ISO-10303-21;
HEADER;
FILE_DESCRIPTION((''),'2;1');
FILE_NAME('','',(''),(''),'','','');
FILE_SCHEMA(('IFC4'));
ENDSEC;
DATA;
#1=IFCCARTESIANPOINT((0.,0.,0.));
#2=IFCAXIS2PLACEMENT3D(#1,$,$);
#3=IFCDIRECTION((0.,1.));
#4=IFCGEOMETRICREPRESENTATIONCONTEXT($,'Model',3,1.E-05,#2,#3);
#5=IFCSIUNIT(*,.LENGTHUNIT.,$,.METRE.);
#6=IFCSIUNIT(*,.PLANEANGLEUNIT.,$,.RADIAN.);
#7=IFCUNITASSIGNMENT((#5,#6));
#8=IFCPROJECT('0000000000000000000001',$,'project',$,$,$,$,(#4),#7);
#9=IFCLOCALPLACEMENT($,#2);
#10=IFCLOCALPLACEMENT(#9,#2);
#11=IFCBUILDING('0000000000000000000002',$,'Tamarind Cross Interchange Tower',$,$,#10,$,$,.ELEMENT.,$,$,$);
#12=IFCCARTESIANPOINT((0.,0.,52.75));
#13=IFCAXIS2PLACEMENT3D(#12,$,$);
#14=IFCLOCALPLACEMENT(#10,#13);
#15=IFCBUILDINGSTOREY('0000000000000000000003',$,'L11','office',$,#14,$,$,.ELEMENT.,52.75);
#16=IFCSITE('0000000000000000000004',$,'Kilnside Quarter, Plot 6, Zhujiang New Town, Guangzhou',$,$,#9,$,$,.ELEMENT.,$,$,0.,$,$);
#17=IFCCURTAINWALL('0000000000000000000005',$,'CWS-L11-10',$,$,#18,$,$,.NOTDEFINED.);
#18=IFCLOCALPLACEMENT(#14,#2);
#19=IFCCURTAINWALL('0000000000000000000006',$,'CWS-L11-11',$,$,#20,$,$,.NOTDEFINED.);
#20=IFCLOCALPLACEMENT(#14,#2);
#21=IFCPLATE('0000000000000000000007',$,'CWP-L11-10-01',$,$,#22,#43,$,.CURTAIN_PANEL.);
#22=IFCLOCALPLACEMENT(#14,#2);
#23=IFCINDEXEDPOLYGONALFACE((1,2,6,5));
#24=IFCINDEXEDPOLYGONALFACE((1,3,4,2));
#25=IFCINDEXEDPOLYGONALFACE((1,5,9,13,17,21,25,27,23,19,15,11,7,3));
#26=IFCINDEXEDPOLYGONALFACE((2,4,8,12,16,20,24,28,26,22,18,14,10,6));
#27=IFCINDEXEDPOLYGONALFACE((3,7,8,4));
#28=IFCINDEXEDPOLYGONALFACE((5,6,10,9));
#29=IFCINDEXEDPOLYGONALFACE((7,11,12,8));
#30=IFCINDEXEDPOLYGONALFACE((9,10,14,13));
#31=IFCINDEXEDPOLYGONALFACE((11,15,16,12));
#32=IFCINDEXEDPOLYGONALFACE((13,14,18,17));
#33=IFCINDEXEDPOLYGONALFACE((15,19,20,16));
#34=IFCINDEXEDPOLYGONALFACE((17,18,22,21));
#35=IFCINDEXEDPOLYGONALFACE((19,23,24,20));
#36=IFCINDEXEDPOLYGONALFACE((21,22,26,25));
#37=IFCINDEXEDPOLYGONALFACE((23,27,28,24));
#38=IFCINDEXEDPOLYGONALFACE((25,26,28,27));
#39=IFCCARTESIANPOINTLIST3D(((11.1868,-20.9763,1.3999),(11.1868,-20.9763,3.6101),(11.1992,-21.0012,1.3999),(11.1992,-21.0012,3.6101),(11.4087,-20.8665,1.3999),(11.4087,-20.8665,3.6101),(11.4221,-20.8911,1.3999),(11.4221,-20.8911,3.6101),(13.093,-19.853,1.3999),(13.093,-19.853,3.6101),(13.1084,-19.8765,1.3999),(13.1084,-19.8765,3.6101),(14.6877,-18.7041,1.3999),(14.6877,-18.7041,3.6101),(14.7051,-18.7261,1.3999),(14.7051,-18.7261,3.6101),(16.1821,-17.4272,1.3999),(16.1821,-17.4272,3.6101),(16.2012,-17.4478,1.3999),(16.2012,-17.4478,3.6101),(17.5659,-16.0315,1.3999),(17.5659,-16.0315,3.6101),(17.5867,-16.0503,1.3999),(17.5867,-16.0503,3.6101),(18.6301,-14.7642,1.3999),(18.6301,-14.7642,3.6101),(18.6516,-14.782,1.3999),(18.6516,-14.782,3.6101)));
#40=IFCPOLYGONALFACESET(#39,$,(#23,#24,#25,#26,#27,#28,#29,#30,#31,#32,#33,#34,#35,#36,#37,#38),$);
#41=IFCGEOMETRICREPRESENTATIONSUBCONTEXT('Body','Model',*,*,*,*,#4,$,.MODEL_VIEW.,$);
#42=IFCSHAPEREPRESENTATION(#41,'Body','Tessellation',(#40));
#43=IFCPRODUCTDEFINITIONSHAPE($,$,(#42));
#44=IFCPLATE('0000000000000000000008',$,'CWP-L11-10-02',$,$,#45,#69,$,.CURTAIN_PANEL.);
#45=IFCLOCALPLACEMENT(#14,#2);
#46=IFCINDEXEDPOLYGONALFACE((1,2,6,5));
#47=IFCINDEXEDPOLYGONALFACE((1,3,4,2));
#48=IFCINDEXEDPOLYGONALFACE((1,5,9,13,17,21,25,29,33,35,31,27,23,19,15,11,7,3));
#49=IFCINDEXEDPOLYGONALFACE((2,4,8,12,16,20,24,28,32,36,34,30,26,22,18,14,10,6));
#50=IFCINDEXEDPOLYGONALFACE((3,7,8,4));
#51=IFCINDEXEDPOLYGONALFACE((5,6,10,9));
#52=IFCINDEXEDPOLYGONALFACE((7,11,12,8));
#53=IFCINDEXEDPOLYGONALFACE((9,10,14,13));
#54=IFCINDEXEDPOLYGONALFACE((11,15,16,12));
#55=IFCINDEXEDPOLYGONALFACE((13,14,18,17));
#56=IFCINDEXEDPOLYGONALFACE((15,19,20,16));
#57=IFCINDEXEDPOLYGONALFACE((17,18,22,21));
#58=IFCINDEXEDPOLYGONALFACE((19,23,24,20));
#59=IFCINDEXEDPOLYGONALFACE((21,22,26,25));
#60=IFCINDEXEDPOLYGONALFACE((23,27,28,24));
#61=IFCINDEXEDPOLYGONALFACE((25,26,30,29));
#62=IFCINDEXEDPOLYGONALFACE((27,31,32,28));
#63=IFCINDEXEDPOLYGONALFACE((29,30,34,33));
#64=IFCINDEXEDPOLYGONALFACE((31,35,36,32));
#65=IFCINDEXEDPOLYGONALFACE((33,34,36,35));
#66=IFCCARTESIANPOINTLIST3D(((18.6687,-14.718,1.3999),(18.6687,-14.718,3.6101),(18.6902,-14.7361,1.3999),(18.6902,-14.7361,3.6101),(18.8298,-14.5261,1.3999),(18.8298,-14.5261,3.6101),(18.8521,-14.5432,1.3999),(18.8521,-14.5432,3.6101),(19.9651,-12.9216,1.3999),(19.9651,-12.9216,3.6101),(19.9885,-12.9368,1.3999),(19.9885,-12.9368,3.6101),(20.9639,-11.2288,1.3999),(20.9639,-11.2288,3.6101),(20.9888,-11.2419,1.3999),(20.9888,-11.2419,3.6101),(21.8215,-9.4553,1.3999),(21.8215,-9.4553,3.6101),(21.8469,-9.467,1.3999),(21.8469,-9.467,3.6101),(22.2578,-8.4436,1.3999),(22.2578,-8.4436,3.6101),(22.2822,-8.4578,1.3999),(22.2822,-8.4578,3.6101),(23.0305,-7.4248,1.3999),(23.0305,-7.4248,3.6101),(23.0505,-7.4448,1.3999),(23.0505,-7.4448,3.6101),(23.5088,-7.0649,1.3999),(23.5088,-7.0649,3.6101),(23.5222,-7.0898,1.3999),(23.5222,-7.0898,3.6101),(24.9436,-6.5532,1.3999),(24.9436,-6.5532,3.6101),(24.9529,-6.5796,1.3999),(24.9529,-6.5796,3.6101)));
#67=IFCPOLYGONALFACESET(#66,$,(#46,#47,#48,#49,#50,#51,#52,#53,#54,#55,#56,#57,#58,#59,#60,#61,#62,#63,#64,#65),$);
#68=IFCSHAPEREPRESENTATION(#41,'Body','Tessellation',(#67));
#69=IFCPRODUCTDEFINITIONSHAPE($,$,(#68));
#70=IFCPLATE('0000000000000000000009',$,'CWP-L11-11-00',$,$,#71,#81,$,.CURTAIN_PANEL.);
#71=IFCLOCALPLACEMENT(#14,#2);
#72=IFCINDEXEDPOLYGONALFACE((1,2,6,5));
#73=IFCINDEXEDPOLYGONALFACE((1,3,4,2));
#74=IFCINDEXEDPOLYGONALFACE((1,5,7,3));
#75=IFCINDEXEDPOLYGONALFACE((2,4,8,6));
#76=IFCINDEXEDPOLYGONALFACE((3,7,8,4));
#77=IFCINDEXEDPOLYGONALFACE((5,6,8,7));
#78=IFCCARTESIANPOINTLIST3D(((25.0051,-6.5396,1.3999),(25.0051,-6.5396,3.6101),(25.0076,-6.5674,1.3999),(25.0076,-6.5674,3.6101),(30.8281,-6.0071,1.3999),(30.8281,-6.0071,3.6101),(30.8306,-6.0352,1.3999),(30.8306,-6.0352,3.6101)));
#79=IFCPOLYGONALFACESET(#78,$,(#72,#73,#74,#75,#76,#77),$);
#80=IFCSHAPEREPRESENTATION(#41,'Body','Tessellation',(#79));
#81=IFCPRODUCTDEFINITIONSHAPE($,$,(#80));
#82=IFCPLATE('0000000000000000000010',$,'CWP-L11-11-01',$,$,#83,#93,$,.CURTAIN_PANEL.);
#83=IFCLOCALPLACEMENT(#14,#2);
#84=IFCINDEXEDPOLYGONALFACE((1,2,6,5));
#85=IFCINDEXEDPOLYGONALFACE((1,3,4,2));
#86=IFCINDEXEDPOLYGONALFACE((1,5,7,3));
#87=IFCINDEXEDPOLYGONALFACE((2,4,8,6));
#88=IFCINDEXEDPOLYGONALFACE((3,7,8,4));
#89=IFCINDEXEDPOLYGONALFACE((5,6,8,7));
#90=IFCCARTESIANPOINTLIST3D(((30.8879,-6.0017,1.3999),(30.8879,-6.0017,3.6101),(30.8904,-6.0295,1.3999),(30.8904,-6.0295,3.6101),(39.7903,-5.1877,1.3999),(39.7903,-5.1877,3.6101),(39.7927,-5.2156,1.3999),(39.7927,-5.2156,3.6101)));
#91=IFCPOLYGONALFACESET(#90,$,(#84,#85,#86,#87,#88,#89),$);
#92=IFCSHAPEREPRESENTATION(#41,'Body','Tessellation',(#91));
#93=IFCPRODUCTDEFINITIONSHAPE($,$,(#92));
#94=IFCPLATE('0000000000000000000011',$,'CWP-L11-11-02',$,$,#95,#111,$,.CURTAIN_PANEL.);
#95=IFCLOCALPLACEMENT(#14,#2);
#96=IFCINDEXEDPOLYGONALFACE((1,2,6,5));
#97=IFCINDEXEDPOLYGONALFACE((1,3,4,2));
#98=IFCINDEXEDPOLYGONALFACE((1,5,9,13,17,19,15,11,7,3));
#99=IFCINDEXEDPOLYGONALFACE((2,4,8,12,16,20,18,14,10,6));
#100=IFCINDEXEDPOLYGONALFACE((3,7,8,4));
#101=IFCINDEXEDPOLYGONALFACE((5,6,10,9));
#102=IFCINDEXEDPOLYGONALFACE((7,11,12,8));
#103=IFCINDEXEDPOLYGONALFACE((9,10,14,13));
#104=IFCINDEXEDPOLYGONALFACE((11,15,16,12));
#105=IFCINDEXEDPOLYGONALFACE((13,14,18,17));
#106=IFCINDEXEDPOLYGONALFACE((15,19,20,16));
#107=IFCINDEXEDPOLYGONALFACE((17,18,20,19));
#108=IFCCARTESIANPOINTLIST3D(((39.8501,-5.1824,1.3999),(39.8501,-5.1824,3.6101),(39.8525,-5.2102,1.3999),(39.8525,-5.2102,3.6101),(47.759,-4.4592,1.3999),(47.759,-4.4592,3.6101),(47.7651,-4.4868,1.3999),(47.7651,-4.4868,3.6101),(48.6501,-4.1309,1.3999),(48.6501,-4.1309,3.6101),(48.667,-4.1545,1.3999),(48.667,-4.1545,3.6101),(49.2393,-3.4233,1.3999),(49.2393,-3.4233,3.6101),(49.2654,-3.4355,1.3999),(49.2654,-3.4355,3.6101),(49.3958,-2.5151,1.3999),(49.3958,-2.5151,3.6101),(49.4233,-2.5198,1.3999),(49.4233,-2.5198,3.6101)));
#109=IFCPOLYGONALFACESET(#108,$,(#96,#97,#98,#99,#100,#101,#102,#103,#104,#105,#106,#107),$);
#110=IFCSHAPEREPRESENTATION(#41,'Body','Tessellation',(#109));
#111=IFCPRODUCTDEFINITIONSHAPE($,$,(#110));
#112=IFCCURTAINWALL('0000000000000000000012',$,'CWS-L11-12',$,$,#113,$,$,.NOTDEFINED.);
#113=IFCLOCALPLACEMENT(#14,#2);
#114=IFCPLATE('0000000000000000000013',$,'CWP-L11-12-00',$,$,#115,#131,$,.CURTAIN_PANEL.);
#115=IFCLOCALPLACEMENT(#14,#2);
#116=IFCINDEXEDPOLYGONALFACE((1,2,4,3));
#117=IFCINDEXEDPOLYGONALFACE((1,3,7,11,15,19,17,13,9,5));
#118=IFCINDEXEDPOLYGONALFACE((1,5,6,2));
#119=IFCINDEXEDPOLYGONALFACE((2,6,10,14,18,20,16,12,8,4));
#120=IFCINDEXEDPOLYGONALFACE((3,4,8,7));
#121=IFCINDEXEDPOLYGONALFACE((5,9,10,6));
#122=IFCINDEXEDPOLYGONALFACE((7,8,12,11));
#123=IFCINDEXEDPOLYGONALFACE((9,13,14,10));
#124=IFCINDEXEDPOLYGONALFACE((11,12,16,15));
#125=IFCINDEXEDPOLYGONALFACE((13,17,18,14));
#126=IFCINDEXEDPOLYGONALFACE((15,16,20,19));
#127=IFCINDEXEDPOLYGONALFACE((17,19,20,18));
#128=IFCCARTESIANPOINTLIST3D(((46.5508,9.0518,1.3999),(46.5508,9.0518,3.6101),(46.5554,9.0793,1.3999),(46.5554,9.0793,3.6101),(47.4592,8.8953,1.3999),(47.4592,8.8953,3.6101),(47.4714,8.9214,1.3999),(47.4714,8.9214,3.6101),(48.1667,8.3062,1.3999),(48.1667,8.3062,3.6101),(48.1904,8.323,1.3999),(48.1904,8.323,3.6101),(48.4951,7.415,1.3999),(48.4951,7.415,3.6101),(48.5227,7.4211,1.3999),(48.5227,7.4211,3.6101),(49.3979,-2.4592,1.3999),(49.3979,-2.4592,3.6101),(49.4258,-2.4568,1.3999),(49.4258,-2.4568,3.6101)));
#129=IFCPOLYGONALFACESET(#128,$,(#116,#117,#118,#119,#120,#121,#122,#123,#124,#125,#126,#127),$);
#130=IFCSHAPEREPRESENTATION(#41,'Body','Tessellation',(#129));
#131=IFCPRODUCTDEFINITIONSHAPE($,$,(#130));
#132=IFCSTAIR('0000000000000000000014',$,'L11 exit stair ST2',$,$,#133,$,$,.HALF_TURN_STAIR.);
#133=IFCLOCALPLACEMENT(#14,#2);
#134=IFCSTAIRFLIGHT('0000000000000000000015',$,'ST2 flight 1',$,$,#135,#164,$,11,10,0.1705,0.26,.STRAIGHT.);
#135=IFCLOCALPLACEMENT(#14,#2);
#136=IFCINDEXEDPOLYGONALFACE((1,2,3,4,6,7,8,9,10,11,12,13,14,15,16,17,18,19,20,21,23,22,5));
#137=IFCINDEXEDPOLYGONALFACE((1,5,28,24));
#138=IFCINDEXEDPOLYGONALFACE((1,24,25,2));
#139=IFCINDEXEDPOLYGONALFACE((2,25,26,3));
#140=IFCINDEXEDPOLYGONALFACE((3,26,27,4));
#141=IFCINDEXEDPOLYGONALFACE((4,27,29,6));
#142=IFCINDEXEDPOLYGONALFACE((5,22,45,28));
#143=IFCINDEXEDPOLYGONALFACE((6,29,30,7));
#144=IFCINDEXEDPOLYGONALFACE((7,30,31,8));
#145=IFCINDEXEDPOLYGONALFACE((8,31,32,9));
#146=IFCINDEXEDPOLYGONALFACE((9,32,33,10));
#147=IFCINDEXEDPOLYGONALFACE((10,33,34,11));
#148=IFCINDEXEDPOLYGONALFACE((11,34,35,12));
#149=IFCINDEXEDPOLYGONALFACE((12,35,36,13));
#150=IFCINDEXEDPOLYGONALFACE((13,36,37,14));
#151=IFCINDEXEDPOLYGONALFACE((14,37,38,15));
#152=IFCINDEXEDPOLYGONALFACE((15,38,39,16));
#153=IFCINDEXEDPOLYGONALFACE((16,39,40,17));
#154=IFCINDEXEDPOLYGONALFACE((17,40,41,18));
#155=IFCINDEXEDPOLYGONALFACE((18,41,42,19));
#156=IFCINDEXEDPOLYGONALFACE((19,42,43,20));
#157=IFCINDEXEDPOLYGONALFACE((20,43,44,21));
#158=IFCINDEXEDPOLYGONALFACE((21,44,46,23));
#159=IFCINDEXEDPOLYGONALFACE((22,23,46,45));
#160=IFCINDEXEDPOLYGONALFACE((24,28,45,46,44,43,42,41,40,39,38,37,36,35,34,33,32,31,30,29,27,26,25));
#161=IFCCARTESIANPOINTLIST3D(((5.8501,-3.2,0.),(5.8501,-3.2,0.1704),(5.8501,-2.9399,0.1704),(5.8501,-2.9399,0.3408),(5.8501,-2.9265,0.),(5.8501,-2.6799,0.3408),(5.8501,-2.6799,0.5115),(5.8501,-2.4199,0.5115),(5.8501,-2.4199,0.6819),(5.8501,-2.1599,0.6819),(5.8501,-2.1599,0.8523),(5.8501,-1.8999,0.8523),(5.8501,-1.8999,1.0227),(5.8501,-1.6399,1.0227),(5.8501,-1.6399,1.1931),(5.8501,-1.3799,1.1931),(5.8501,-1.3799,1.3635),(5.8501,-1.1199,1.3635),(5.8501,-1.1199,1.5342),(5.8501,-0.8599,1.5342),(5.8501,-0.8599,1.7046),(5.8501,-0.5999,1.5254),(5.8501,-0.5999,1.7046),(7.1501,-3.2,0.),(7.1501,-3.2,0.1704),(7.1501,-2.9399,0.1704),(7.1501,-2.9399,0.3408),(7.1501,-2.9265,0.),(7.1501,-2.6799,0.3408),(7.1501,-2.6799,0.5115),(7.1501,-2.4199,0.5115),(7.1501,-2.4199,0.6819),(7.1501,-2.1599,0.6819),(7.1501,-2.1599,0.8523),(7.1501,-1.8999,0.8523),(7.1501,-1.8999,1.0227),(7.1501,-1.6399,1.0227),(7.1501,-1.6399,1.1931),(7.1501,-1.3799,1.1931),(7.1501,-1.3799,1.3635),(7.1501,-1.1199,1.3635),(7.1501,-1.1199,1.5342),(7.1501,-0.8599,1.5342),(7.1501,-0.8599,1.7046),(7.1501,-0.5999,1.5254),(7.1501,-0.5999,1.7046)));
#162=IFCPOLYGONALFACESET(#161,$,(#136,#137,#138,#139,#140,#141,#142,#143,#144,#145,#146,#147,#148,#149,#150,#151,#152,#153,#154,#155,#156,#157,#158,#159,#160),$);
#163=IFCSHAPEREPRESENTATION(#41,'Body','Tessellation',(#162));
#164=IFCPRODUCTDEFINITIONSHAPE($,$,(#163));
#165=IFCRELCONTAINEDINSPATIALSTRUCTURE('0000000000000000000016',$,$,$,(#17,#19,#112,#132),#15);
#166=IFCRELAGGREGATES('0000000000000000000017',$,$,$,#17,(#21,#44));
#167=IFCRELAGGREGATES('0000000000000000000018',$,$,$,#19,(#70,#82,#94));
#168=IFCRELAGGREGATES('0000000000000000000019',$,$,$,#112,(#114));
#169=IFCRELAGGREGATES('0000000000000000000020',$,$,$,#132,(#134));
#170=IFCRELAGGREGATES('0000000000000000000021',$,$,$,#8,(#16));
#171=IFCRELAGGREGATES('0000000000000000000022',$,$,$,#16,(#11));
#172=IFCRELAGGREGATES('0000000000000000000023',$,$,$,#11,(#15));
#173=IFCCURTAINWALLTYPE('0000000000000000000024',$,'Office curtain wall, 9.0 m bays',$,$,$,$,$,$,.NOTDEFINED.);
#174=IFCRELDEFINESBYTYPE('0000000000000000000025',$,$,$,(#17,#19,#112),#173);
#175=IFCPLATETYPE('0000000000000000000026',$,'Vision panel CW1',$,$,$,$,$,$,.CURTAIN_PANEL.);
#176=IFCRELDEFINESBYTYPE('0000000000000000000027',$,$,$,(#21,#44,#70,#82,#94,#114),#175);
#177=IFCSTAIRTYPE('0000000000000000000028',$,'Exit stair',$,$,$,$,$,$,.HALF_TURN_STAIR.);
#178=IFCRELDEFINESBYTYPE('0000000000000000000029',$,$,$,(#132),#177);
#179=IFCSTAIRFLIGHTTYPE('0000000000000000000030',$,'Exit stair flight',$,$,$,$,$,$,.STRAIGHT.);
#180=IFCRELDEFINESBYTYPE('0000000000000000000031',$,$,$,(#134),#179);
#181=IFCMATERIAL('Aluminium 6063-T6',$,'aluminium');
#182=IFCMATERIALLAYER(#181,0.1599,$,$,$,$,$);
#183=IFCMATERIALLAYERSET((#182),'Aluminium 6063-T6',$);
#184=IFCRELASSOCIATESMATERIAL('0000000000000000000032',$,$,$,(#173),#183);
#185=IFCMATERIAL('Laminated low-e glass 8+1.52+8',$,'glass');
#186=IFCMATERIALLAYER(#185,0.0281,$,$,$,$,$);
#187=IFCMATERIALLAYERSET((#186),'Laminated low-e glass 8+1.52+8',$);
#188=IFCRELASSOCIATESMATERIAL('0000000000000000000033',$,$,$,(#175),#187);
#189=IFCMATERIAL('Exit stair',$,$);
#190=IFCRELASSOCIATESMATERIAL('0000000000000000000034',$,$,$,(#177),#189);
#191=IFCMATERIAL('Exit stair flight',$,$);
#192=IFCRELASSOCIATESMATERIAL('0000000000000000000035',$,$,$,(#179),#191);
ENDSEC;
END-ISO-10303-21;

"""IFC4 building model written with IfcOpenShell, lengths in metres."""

from ifc_helpers import new_model, si_unit, direction, frame, origin, place, context, subcontext, project, spatial, polyline, outline, extrude, material, layer, layer_set, type_object, element, aggregate, save


model = new_model("IFC4")

# Units and contexts
model_context = context("Model", 3, precision=1e-05, world=origin(), true_north=direction((0.0, 1.0)))
body_context = subcontext(model_context, "Body", "Model", "MODEL_VIEW")
ifc_project = project(units=[si_unit("LENGTHUNIT", "METRE"), si_unit("PLANEANGLEUNIT", "RADIAN")], contexts=[model_context])

# Site, building, storey
site_placement = place(None, origin())
site = spatial("IfcSite", under=ifc_project, at=site_placement, Name="Kilnside Quarter, Plot 6, Zhujiang New Town, Guangzhou", CompositionType="ELEMENT", RefElevation=0.0)
building_placement = place(site_placement, origin())
building = spatial("IfcBuilding", under=site, at=building_placement, Name="Tamarind Cross Interchange Tower", CompositionType="ELEMENT")
storey_placement = place(building_placement, frame((0.0, 0.0, 52.75)))
storey = spatial("IfcBuildingStorey", under=building, at=storey_placement, Name="L11", Description="office", CompositionType="ELEMENT", Elevation=52.75)

# Curtain walls
ifc_material_1 = material(Name="Aluminium 6063-T6", Category="aluminium")
ifc_layer_1 = layer(ifc_material_1, 0.1599)
ifc_layer_set_1 = layer_set([ifc_layer_1], Name="Aluminium 6063-T6")
curtain_wall_type = type_object("IfcCurtainWallType", Name="Office curtain wall, 9.0 m bays", PredefinedType="NOTDEFINED", material=ifc_layer_set_1)
curtain_wall_1_placement = place(storey_placement, origin())
curtain_wall_1 = element("IfcCurtainWall", 1, at=curtain_wall_1_placement, inside=storey, type_object=curtain_wall_type, Name="CWS-L11-10", PredefinedType="NOTDEFINED")
curtain_wall_2_placement = place(storey_placement, origin())
curtain_wall_2 = element("IfcCurtainWall", 2, at=curtain_wall_2_placement, inside=storey, type_object=curtain_wall_type, Name="CWS-L11-11", PredefinedType="NOTDEFINED")

# Plates
ifc_material_2 = material(Name="Laminated low-e glass 8+1.52+8", Category="glass")
ifc_layer_2 = layer(ifc_material_2, 0.0281)
ifc_layer_set_2 = layer_set([ifc_layer_2], Name="Laminated low-e glass 8+1.52+8")
plate_type = type_object("IfcPlateType", Name="Vision panel CW1", PredefinedType="CURTAIN_PANEL", material=ifc_layer_set_2)
plate_1_placement = place(storey_placement, frame((0.0, 0.0, 1.3999)))
plate_1 = element("IfcPlate", 3, at=plate_1_placement, type_object=plate_type, Name="CWP-L11-10-01", PredefinedType="CURTAIN_PANEL", context=body_context, shape_type="SweptSolid", body=[
    extrude(outline(polyline([(11.1868, -20.9763), (11.4087, -20.8665), (13.093, -19.853), (14.6877, -18.7041), (16.1821, -17.4272), (17.5659, -16.0315), (18.6301, -14.7642), (18.6516, -14.782), (17.5867, -16.0503), (16.2012, -17.4478), (14.7051, -18.7261), (13.1084, -19.8765), (11.4221, -20.8911), (11.1992, -21.0012), (11.1868, -20.9763)])), origin(), (0.0, 0.0, 1.0), 2.2102),
])
plate_2_placement = place(storey_placement, frame((0.0, 0.0, 1.3999)))
plate_2 = element("IfcPlate", 4, at=plate_2_placement, type_object=plate_type, Name="CWP-L11-10-02", PredefinedType="CURTAIN_PANEL", context=body_context, shape_type="SweptSolid", body=[
    extrude(outline(polyline([(18.6687, -14.718), (18.8298, -14.5261), (19.9651, -12.9216), (20.9639, -11.2288), (21.8215, -9.4553), (22.2578, -8.4436), (23.0305, -7.4248), (23.5088, -7.0649), (24.9436, -6.5532), (24.9529, -6.5796), (23.5222, -7.0898), (23.0505, -7.4448), (22.2822, -8.4578), (21.8469, -9.467), (20.9888, -11.2419), (19.9885, -12.9368), (18.8521, -14.5432), (18.6902, -14.7361), (18.6687, -14.718)])), origin(), (0.0, 0.0, 1.0), 2.2102),
])
aggregate(curtain_wall_1, [plate_1, plate_2])
plate_3_placement = place(storey_placement, frame((0.0, 0.0, 1.3999)))
plate_3 = element("IfcPlate", 5, at=plate_3_placement, type_object=plate_type, Name="CWP-L11-11-00", PredefinedType="CURTAIN_PANEL", context=body_context, shape_type="SweptSolid", body=[
    extrude(outline(polyline([(25.0051, -6.5396), (30.8281, -6.0071), (30.8306, -6.0352), (25.0076, -6.5674), (25.0051, -6.5396)])), origin(), (0.0, 0.0, 1.0), 2.2102),
])
plate_4_placement = place(storey_placement, frame((0.0, 0.0, 1.3999)))
plate_4 = element("IfcPlate", 6, at=plate_4_placement, type_object=plate_type, Name="CWP-L11-11-01", PredefinedType="CURTAIN_PANEL", context=body_context, shape_type="SweptSolid", body=[
    extrude(outline(polyline([(30.8879, -6.0017), (39.7903, -5.1877), (39.7927, -5.2156), (30.8904, -6.0295), (30.8879, -6.0017)])), origin(), (0.0, 0.0, 1.0), 2.2102),
])
plate_5_placement = place(storey_placement, frame((0.0, 0.0, 1.3999)))
plate_5 = element("IfcPlate", 7, at=plate_5_placement, type_object=plate_type, Name="CWP-L11-11-02", PredefinedType="CURTAIN_PANEL", context=body_context, shape_type="SweptSolid", body=[
    extrude(outline(polyline([(39.8501, -5.1824), (47.759, -4.4592), (48.6501, -4.1309), (49.2393, -3.4233), (49.3958, -2.5151), (49.4233, -2.5198), (49.2654, -3.4355), (48.667, -4.1545), (47.7651, -4.4868), (39.8525, -5.2102), (39.8501, -5.1824)])), origin(), (0.0, 0.0, 1.0), 2.2102),
])
aggregate(curtain_wall_2, [plate_3, plate_4, plate_5])

# Curtain wall, plate
curtain_wall_3_placement = place(storey_placement, origin())
curtain_wall_3 = element("IfcCurtainWall", 8, at=curtain_wall_3_placement, inside=storey, type_object=curtain_wall_type, Name="CWS-L11-12", PredefinedType="NOTDEFINED")
plate_6_placement = place(storey_placement, frame((0.0, 0.0, 1.3999)))
plate_6 = element("IfcPlate", 9, at=plate_6_placement, type_object=plate_type, Name="CWP-L11-12-00", PredefinedType="CURTAIN_PANEL", context=body_context, shape_type="SweptSolid", body=[
    extrude(outline(polyline([(49.3979, -2.4592), (48.4951, 7.415), (48.1667, 8.3062), (47.4592, 8.8953), (46.5508, 9.0518), (46.5554, 9.0793), (47.4714, 8.9214), (48.1904, 8.323), (48.5227, 7.4211), (49.4258, -2.4568), (49.3979, -2.4592)])), origin(), (0.0, 0.0, 1.0), 2.2102),
])
aggregate(curtain_wall_3, [plate_6])

# Stair, stair flight
ifc_material_3 = material(Name="Exit stair")
stair_type = type_object("IfcStairType", Name="Exit stair", PredefinedType="HALF_TURN_STAIR", material=ifc_material_3)
stair_placement = place(storey_placement, origin())
stair = element("IfcStair", 10, at=stair_placement, inside=storey, type_object=stair_type, Name="L11 exit stair ST2", PredefinedType="HALF_TURN_STAIR")
ifc_material_4 = material(Name="Exit stair flight")
stair_flight_type = type_object("IfcStairFlightType", Name="Exit stair flight", PredefinedType="STRAIGHT", material=ifc_material_4)
stair_flight_1_placement = place(storey_placement, frame((6.5, -3.2, 0.0), z_axis=(0.0, 0.0, 1.0), x_axis=(0.0, 1.0, 0.0)))
stair_flight_1 = element("IfcStairFlight", 11, at=stair_flight_1_placement, type_object=stair_flight_type, Name="ST2 flight 1", NumberOfRisers=11, NumberOfTreads=10, PredefinedType="STRAIGHT", RiserHeight=0.1705, TreadLength=0.26, context=body_context, shape_type="SweptSolid", body=[
    extrude(outline(polyline([(0.0, 0.0), (0.0, 0.1704), (0.26, 0.1704), (0.26, 0.3408), (0.52, 0.3408), (0.52, 0.5115), (0.78, 0.5115), (0.78, 0.6819), (1.04, 0.6819), (1.04, 0.8523), (1.3, 0.8523), (1.3, 1.0227), (1.5601, 1.0227), (1.5601, 1.1931), (1.8201, 1.1931), (1.8201, 1.3635), (2.0801, 1.3635), (2.0801, 1.5342), (2.3401, 1.5342), (2.3401, 1.7046), (2.6001, 1.7046), (2.6001, 1.875), (2.6001, 1.5254), (0.2734, 0.0), (0.0, 0.0)])), frame((0.0, 0.6499, 0.0), z_axis=(0.0, -1.0, 0.0), x_axis=(1.0, 0.0, 0.0)), (0.0, 0.0, 1.0), 1.3),
])
aggregate(stair, [stair_flight_1])

save(model, "model.ifc")
